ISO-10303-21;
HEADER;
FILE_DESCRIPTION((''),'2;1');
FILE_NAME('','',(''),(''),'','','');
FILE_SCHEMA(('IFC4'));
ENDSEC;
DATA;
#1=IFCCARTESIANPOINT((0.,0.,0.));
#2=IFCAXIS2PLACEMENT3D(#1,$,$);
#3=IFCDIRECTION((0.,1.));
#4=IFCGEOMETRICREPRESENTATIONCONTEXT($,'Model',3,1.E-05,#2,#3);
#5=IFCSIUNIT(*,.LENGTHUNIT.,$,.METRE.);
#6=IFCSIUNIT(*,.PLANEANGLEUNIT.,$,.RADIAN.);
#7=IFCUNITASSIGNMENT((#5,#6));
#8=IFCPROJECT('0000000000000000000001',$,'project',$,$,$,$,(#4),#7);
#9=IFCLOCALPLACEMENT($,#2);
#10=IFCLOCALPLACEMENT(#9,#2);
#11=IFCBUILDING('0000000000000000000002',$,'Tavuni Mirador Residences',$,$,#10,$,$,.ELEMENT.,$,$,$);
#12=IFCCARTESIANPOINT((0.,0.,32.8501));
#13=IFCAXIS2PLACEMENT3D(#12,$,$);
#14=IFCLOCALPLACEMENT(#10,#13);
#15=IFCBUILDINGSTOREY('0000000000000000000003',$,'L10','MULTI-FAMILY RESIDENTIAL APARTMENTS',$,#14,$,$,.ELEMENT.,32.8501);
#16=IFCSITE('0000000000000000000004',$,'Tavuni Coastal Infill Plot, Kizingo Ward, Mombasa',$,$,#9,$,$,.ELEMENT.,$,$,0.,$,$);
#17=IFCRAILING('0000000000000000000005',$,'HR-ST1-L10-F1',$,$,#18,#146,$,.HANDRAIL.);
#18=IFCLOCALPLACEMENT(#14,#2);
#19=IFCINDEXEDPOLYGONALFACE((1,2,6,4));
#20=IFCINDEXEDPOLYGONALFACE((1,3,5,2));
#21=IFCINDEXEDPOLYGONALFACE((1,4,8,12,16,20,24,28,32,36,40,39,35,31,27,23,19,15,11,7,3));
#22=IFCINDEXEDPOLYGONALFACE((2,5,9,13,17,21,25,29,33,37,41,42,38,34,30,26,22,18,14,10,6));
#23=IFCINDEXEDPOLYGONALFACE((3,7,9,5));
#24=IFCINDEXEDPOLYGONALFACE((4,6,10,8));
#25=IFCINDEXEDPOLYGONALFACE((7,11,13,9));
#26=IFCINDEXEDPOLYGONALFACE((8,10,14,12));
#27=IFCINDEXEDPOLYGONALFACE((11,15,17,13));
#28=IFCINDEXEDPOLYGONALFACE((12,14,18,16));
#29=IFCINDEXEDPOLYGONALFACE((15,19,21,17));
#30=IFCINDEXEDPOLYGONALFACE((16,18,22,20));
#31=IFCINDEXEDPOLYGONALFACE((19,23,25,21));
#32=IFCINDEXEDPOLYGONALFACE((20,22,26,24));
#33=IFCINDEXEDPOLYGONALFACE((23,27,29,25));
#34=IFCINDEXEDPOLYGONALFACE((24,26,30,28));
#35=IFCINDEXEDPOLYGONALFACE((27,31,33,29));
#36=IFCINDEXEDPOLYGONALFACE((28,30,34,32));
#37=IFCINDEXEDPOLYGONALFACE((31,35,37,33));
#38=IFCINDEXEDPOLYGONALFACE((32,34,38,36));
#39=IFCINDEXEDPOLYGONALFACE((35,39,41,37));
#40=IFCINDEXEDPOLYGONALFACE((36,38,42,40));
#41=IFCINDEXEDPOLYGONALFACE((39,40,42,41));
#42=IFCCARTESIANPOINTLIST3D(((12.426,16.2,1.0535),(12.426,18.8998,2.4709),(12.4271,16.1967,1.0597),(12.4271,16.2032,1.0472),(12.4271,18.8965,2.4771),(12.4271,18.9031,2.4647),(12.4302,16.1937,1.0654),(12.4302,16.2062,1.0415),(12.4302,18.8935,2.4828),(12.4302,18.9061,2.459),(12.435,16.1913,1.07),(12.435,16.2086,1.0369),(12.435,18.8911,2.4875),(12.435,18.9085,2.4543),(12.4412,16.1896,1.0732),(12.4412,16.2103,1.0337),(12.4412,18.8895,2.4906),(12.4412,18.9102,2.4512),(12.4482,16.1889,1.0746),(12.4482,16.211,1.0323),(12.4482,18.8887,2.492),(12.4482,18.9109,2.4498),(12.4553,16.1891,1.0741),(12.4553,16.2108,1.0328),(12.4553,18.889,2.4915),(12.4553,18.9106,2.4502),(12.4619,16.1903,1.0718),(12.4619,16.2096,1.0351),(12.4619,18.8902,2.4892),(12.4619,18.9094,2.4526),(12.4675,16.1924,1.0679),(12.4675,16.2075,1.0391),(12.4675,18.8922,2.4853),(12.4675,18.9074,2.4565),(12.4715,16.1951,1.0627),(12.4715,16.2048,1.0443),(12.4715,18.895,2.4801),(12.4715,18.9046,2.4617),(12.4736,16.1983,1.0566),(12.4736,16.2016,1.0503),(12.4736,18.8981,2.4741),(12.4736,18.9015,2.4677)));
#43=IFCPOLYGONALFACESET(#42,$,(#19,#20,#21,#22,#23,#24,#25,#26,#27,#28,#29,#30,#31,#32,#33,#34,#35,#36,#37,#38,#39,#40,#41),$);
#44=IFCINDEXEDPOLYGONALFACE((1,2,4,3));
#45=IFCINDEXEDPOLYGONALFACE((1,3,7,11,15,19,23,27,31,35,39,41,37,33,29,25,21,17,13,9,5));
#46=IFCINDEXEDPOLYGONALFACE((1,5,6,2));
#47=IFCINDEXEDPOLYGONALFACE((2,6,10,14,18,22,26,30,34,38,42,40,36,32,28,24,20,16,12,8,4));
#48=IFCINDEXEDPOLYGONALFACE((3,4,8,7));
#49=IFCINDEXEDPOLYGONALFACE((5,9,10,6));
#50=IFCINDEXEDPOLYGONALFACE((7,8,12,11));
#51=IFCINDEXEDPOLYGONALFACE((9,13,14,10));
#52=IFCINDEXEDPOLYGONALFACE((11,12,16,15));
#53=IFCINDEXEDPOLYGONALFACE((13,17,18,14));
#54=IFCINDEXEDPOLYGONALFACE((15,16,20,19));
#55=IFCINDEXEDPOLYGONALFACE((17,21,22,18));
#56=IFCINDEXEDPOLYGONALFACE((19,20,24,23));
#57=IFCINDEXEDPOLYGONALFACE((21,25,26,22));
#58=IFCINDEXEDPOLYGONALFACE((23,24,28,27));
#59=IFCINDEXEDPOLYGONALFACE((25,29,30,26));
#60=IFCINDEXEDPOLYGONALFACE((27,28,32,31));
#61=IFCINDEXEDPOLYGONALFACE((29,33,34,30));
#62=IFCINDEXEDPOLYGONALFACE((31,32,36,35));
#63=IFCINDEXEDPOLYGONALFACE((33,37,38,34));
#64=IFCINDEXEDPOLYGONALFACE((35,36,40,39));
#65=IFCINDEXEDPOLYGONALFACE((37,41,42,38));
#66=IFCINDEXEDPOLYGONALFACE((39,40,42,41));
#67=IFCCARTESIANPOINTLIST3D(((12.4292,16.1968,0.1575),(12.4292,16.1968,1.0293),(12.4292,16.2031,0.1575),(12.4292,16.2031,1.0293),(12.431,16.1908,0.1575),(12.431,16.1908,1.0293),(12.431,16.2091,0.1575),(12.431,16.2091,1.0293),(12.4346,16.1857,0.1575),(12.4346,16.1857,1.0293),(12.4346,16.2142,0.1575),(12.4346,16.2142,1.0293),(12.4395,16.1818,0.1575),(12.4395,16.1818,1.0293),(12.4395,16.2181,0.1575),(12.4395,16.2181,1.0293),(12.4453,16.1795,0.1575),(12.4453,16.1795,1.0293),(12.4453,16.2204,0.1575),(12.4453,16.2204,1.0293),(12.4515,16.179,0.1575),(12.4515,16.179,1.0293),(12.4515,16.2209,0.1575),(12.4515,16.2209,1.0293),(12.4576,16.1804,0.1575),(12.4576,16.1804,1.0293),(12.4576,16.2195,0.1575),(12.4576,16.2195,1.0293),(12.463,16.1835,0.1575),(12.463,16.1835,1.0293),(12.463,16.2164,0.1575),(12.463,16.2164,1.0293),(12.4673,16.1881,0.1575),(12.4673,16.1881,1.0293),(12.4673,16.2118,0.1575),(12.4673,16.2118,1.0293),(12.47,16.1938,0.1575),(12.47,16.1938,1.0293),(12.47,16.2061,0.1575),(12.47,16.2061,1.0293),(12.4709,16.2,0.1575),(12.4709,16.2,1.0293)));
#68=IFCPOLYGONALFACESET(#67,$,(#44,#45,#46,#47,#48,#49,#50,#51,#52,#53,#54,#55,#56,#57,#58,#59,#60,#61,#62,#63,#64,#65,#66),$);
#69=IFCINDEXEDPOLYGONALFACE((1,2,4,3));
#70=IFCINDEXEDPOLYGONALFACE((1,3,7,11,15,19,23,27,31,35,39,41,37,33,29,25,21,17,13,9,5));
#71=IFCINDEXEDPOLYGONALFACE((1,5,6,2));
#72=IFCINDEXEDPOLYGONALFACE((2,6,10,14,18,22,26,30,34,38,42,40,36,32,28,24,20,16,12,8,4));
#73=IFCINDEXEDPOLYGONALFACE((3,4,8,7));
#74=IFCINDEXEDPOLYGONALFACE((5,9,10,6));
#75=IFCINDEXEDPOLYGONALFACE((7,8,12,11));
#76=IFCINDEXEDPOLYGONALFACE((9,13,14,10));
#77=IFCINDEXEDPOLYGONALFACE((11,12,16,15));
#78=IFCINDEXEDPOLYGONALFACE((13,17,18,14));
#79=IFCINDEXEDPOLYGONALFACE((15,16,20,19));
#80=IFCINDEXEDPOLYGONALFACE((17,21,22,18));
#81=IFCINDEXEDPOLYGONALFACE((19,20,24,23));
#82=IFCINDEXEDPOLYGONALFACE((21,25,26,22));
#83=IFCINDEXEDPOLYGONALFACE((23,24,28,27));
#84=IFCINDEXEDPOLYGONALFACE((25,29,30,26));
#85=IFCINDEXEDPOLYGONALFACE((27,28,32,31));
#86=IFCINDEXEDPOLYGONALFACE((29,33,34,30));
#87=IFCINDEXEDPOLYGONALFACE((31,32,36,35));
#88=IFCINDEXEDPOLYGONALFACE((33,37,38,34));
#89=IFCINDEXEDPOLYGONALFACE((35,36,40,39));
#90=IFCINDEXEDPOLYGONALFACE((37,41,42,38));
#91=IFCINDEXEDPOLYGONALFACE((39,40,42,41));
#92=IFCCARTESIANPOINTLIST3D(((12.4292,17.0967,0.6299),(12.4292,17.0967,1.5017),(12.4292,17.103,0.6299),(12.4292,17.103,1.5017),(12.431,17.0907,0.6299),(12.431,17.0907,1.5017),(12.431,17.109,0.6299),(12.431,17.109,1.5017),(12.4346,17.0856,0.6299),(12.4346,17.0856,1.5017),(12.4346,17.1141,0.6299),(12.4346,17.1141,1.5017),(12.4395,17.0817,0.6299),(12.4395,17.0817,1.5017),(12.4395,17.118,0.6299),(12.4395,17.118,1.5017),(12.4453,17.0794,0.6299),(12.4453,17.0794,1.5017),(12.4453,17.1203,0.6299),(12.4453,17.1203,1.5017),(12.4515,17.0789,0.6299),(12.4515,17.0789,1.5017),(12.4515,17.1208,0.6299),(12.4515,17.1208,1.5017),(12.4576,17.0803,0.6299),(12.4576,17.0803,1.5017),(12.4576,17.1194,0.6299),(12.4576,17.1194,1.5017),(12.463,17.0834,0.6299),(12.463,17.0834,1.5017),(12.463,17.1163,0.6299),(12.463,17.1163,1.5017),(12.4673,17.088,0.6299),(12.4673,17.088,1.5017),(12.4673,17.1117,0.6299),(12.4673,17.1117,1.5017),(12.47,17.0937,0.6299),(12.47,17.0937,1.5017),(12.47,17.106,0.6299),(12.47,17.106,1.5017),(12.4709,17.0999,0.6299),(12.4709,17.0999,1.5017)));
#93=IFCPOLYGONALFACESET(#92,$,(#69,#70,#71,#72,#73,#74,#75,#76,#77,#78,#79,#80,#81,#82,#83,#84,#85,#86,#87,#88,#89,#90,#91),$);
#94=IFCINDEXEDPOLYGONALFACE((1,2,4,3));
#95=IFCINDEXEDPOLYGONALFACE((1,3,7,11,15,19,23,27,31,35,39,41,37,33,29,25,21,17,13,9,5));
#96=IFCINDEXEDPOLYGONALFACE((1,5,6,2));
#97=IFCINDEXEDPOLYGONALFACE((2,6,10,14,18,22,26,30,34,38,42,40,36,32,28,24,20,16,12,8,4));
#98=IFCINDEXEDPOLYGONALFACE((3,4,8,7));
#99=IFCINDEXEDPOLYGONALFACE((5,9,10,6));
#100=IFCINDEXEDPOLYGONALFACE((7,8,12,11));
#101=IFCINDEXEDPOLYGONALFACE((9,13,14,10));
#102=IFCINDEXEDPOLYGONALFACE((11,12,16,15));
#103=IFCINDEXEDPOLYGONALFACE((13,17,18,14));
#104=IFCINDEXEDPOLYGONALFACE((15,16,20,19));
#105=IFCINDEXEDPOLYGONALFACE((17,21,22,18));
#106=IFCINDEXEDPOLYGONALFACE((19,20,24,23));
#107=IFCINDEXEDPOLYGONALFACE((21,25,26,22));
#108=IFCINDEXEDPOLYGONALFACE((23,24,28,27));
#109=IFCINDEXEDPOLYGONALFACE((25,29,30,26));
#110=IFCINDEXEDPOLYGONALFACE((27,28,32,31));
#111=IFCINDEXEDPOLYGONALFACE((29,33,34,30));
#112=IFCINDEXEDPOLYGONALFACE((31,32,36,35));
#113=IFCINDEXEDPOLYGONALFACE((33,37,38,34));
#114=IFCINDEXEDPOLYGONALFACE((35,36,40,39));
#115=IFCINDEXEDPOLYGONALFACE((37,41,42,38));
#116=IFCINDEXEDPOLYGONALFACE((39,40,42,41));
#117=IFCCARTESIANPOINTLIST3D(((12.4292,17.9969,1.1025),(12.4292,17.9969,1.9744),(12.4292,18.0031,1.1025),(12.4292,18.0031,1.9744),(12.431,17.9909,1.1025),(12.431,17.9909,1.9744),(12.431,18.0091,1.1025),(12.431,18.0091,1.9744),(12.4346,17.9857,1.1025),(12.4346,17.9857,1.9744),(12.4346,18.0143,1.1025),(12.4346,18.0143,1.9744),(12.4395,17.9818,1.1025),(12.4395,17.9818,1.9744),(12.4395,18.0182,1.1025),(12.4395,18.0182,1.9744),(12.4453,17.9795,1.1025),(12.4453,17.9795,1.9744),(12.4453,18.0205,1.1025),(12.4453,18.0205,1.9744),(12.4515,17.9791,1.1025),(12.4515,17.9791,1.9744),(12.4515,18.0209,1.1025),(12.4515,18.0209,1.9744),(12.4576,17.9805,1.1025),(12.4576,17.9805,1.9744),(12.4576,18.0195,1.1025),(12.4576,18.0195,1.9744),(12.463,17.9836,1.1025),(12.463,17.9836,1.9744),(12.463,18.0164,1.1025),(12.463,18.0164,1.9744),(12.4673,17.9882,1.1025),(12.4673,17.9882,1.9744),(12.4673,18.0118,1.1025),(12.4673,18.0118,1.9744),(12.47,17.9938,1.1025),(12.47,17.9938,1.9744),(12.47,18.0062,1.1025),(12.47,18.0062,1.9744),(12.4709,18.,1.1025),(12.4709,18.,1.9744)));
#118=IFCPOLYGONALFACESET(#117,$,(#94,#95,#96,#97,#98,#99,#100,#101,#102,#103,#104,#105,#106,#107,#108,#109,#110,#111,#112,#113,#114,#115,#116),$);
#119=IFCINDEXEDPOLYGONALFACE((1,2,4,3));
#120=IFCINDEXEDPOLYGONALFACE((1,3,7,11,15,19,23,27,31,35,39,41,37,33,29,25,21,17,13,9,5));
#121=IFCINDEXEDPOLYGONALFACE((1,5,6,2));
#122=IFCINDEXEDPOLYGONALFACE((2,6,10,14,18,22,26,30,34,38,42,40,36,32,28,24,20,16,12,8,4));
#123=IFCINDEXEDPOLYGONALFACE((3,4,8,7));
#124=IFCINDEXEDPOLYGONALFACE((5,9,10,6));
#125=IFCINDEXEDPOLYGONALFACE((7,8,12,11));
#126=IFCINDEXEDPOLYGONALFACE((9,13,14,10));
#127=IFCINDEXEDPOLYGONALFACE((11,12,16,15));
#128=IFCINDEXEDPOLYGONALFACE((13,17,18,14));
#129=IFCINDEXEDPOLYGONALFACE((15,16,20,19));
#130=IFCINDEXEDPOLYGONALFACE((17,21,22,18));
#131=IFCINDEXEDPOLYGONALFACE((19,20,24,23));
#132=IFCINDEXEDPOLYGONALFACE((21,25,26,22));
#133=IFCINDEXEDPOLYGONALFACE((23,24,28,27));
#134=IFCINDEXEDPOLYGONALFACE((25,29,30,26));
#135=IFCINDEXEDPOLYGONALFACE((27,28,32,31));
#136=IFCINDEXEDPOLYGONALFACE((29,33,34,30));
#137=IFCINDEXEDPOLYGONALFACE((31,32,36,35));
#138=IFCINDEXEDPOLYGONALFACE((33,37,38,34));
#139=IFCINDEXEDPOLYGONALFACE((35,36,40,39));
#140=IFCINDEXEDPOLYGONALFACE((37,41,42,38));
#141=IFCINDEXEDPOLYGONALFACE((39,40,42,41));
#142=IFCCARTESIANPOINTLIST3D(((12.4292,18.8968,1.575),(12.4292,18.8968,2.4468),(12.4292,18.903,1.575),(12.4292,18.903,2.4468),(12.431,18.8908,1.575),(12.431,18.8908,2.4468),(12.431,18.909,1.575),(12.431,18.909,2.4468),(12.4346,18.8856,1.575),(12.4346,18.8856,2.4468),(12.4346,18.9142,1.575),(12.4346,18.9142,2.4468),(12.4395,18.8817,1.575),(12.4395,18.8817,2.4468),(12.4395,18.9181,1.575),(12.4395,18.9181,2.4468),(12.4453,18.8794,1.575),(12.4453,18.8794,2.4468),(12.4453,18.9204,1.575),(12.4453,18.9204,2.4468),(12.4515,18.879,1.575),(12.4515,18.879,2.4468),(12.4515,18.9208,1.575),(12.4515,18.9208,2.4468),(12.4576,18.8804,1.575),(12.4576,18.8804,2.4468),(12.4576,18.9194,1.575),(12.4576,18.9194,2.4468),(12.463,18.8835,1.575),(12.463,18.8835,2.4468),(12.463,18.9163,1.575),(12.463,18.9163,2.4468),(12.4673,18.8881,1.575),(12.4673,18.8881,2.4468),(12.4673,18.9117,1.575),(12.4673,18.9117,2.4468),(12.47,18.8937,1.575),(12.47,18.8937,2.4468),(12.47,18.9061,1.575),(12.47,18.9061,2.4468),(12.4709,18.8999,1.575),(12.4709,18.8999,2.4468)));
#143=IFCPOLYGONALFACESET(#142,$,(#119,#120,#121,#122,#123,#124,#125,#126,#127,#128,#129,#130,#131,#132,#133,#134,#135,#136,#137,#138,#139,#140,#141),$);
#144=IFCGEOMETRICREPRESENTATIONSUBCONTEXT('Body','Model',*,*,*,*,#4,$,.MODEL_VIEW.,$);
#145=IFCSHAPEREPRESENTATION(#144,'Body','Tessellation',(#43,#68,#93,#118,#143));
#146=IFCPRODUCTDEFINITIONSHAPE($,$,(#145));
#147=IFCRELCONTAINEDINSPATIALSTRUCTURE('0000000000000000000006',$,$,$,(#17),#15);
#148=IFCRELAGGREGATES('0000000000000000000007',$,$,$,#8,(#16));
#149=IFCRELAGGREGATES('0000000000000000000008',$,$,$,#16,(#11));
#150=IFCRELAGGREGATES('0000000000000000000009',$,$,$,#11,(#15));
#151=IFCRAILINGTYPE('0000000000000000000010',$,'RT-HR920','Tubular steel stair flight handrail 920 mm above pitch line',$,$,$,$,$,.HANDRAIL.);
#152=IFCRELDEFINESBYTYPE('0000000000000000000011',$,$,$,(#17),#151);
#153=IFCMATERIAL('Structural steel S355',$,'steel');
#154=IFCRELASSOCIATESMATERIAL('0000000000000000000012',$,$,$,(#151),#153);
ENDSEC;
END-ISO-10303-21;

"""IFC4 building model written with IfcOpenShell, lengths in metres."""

from ifc_helpers import new_model, si_unit, direction, frame, origin, origin_2d, place, context, subcontext, project, spatial, circle, extrude, material, type_object, element, save


model = new_model("IFC4")

# Units and contexts
model_context = context("Model", 3, precision=1e-05, world=origin(), true_north=direction((0.0, 1.0)))
body_context = subcontext(model_context, "Body", "Model", "MODEL_VIEW")
ifc_project = project(units=[si_unit("LENGTHUNIT", "METRE"), si_unit("PLANEANGLEUNIT", "RADIAN")], contexts=[model_context])

# Site, building, storey
site_placement = place(None, origin())
site = spatial("IfcSite", under=ifc_project, at=site_placement, Name="Tavuni Coastal Infill Plot, Kizingo Ward, Mombasa", CompositionType="ELEMENT", RefElevation=0.0)
building_placement = place(site_placement, origin())
building = spatial("IfcBuilding", under=site, at=building_placement, Name="Tavuni Mirador Residences", CompositionType="ELEMENT")
storey_placement = place(building_placement, frame((0.0, 0.0, 32.8501)))
storey = spatial("IfcBuildingStorey", under=building, at=storey_placement, Name="L10", Description="MULTI-FAMILY RESIDENTIAL APARTMENTS", CompositionType="ELEMENT", Elevation=32.8501)

# Shared definitions
ifc_material_1 = material(Name="Structural steel S355", Category="steel")

# Railing
railing_type_1 = type_object("IfcRailingType", Name="RT-HR920", Description="Tubular steel stair flight handrail 920 mm above pitch line", PredefinedType="HANDRAIL", material=ifc_material_1)
railing_1_placement = place(storey_placement, frame((12.45, 16.2, 0.1575)))
element("IfcRailing", 1, at=railing_1_placement, inside=storey, type_object=railing_type_1, Name="HR-ST1-L10-F1", PredefinedType="HANDRAIL", context=body_context, shape_type="SweptSolid", body=[
    extrude(circle(Radius=0.0239, at=origin_2d()), frame((0.0, 0.0, 0.896), z_axis=(0.0, 0.885397, 0.464835), x_axis=(-1.0, 0.0, 0.0)), (0.0, 0.0, 1.0), 3.0493),
    extrude(circle(Radius=0.021, at=origin_2d()), origin(), (0.0, 0.0, 1.0), 0.8718),
    extrude(circle(Radius=0.021, at=origin_2d()), frame((0.0, 0.8999, 0.4724)), (0.0, 0.0, 1.0), 0.8718),
    extrude(circle(Radius=0.021, at=origin_2d()), frame((0.0, 1.8, 0.9451)), (0.0, 0.0, 1.0), 0.8718),
    extrude(circle(Radius=0.021, at=origin_2d()), frame((0.0, 2.7, 1.4175)), (0.0, 0.0, 1.0), 0.8718),
])

save(model, "model.ifc")
